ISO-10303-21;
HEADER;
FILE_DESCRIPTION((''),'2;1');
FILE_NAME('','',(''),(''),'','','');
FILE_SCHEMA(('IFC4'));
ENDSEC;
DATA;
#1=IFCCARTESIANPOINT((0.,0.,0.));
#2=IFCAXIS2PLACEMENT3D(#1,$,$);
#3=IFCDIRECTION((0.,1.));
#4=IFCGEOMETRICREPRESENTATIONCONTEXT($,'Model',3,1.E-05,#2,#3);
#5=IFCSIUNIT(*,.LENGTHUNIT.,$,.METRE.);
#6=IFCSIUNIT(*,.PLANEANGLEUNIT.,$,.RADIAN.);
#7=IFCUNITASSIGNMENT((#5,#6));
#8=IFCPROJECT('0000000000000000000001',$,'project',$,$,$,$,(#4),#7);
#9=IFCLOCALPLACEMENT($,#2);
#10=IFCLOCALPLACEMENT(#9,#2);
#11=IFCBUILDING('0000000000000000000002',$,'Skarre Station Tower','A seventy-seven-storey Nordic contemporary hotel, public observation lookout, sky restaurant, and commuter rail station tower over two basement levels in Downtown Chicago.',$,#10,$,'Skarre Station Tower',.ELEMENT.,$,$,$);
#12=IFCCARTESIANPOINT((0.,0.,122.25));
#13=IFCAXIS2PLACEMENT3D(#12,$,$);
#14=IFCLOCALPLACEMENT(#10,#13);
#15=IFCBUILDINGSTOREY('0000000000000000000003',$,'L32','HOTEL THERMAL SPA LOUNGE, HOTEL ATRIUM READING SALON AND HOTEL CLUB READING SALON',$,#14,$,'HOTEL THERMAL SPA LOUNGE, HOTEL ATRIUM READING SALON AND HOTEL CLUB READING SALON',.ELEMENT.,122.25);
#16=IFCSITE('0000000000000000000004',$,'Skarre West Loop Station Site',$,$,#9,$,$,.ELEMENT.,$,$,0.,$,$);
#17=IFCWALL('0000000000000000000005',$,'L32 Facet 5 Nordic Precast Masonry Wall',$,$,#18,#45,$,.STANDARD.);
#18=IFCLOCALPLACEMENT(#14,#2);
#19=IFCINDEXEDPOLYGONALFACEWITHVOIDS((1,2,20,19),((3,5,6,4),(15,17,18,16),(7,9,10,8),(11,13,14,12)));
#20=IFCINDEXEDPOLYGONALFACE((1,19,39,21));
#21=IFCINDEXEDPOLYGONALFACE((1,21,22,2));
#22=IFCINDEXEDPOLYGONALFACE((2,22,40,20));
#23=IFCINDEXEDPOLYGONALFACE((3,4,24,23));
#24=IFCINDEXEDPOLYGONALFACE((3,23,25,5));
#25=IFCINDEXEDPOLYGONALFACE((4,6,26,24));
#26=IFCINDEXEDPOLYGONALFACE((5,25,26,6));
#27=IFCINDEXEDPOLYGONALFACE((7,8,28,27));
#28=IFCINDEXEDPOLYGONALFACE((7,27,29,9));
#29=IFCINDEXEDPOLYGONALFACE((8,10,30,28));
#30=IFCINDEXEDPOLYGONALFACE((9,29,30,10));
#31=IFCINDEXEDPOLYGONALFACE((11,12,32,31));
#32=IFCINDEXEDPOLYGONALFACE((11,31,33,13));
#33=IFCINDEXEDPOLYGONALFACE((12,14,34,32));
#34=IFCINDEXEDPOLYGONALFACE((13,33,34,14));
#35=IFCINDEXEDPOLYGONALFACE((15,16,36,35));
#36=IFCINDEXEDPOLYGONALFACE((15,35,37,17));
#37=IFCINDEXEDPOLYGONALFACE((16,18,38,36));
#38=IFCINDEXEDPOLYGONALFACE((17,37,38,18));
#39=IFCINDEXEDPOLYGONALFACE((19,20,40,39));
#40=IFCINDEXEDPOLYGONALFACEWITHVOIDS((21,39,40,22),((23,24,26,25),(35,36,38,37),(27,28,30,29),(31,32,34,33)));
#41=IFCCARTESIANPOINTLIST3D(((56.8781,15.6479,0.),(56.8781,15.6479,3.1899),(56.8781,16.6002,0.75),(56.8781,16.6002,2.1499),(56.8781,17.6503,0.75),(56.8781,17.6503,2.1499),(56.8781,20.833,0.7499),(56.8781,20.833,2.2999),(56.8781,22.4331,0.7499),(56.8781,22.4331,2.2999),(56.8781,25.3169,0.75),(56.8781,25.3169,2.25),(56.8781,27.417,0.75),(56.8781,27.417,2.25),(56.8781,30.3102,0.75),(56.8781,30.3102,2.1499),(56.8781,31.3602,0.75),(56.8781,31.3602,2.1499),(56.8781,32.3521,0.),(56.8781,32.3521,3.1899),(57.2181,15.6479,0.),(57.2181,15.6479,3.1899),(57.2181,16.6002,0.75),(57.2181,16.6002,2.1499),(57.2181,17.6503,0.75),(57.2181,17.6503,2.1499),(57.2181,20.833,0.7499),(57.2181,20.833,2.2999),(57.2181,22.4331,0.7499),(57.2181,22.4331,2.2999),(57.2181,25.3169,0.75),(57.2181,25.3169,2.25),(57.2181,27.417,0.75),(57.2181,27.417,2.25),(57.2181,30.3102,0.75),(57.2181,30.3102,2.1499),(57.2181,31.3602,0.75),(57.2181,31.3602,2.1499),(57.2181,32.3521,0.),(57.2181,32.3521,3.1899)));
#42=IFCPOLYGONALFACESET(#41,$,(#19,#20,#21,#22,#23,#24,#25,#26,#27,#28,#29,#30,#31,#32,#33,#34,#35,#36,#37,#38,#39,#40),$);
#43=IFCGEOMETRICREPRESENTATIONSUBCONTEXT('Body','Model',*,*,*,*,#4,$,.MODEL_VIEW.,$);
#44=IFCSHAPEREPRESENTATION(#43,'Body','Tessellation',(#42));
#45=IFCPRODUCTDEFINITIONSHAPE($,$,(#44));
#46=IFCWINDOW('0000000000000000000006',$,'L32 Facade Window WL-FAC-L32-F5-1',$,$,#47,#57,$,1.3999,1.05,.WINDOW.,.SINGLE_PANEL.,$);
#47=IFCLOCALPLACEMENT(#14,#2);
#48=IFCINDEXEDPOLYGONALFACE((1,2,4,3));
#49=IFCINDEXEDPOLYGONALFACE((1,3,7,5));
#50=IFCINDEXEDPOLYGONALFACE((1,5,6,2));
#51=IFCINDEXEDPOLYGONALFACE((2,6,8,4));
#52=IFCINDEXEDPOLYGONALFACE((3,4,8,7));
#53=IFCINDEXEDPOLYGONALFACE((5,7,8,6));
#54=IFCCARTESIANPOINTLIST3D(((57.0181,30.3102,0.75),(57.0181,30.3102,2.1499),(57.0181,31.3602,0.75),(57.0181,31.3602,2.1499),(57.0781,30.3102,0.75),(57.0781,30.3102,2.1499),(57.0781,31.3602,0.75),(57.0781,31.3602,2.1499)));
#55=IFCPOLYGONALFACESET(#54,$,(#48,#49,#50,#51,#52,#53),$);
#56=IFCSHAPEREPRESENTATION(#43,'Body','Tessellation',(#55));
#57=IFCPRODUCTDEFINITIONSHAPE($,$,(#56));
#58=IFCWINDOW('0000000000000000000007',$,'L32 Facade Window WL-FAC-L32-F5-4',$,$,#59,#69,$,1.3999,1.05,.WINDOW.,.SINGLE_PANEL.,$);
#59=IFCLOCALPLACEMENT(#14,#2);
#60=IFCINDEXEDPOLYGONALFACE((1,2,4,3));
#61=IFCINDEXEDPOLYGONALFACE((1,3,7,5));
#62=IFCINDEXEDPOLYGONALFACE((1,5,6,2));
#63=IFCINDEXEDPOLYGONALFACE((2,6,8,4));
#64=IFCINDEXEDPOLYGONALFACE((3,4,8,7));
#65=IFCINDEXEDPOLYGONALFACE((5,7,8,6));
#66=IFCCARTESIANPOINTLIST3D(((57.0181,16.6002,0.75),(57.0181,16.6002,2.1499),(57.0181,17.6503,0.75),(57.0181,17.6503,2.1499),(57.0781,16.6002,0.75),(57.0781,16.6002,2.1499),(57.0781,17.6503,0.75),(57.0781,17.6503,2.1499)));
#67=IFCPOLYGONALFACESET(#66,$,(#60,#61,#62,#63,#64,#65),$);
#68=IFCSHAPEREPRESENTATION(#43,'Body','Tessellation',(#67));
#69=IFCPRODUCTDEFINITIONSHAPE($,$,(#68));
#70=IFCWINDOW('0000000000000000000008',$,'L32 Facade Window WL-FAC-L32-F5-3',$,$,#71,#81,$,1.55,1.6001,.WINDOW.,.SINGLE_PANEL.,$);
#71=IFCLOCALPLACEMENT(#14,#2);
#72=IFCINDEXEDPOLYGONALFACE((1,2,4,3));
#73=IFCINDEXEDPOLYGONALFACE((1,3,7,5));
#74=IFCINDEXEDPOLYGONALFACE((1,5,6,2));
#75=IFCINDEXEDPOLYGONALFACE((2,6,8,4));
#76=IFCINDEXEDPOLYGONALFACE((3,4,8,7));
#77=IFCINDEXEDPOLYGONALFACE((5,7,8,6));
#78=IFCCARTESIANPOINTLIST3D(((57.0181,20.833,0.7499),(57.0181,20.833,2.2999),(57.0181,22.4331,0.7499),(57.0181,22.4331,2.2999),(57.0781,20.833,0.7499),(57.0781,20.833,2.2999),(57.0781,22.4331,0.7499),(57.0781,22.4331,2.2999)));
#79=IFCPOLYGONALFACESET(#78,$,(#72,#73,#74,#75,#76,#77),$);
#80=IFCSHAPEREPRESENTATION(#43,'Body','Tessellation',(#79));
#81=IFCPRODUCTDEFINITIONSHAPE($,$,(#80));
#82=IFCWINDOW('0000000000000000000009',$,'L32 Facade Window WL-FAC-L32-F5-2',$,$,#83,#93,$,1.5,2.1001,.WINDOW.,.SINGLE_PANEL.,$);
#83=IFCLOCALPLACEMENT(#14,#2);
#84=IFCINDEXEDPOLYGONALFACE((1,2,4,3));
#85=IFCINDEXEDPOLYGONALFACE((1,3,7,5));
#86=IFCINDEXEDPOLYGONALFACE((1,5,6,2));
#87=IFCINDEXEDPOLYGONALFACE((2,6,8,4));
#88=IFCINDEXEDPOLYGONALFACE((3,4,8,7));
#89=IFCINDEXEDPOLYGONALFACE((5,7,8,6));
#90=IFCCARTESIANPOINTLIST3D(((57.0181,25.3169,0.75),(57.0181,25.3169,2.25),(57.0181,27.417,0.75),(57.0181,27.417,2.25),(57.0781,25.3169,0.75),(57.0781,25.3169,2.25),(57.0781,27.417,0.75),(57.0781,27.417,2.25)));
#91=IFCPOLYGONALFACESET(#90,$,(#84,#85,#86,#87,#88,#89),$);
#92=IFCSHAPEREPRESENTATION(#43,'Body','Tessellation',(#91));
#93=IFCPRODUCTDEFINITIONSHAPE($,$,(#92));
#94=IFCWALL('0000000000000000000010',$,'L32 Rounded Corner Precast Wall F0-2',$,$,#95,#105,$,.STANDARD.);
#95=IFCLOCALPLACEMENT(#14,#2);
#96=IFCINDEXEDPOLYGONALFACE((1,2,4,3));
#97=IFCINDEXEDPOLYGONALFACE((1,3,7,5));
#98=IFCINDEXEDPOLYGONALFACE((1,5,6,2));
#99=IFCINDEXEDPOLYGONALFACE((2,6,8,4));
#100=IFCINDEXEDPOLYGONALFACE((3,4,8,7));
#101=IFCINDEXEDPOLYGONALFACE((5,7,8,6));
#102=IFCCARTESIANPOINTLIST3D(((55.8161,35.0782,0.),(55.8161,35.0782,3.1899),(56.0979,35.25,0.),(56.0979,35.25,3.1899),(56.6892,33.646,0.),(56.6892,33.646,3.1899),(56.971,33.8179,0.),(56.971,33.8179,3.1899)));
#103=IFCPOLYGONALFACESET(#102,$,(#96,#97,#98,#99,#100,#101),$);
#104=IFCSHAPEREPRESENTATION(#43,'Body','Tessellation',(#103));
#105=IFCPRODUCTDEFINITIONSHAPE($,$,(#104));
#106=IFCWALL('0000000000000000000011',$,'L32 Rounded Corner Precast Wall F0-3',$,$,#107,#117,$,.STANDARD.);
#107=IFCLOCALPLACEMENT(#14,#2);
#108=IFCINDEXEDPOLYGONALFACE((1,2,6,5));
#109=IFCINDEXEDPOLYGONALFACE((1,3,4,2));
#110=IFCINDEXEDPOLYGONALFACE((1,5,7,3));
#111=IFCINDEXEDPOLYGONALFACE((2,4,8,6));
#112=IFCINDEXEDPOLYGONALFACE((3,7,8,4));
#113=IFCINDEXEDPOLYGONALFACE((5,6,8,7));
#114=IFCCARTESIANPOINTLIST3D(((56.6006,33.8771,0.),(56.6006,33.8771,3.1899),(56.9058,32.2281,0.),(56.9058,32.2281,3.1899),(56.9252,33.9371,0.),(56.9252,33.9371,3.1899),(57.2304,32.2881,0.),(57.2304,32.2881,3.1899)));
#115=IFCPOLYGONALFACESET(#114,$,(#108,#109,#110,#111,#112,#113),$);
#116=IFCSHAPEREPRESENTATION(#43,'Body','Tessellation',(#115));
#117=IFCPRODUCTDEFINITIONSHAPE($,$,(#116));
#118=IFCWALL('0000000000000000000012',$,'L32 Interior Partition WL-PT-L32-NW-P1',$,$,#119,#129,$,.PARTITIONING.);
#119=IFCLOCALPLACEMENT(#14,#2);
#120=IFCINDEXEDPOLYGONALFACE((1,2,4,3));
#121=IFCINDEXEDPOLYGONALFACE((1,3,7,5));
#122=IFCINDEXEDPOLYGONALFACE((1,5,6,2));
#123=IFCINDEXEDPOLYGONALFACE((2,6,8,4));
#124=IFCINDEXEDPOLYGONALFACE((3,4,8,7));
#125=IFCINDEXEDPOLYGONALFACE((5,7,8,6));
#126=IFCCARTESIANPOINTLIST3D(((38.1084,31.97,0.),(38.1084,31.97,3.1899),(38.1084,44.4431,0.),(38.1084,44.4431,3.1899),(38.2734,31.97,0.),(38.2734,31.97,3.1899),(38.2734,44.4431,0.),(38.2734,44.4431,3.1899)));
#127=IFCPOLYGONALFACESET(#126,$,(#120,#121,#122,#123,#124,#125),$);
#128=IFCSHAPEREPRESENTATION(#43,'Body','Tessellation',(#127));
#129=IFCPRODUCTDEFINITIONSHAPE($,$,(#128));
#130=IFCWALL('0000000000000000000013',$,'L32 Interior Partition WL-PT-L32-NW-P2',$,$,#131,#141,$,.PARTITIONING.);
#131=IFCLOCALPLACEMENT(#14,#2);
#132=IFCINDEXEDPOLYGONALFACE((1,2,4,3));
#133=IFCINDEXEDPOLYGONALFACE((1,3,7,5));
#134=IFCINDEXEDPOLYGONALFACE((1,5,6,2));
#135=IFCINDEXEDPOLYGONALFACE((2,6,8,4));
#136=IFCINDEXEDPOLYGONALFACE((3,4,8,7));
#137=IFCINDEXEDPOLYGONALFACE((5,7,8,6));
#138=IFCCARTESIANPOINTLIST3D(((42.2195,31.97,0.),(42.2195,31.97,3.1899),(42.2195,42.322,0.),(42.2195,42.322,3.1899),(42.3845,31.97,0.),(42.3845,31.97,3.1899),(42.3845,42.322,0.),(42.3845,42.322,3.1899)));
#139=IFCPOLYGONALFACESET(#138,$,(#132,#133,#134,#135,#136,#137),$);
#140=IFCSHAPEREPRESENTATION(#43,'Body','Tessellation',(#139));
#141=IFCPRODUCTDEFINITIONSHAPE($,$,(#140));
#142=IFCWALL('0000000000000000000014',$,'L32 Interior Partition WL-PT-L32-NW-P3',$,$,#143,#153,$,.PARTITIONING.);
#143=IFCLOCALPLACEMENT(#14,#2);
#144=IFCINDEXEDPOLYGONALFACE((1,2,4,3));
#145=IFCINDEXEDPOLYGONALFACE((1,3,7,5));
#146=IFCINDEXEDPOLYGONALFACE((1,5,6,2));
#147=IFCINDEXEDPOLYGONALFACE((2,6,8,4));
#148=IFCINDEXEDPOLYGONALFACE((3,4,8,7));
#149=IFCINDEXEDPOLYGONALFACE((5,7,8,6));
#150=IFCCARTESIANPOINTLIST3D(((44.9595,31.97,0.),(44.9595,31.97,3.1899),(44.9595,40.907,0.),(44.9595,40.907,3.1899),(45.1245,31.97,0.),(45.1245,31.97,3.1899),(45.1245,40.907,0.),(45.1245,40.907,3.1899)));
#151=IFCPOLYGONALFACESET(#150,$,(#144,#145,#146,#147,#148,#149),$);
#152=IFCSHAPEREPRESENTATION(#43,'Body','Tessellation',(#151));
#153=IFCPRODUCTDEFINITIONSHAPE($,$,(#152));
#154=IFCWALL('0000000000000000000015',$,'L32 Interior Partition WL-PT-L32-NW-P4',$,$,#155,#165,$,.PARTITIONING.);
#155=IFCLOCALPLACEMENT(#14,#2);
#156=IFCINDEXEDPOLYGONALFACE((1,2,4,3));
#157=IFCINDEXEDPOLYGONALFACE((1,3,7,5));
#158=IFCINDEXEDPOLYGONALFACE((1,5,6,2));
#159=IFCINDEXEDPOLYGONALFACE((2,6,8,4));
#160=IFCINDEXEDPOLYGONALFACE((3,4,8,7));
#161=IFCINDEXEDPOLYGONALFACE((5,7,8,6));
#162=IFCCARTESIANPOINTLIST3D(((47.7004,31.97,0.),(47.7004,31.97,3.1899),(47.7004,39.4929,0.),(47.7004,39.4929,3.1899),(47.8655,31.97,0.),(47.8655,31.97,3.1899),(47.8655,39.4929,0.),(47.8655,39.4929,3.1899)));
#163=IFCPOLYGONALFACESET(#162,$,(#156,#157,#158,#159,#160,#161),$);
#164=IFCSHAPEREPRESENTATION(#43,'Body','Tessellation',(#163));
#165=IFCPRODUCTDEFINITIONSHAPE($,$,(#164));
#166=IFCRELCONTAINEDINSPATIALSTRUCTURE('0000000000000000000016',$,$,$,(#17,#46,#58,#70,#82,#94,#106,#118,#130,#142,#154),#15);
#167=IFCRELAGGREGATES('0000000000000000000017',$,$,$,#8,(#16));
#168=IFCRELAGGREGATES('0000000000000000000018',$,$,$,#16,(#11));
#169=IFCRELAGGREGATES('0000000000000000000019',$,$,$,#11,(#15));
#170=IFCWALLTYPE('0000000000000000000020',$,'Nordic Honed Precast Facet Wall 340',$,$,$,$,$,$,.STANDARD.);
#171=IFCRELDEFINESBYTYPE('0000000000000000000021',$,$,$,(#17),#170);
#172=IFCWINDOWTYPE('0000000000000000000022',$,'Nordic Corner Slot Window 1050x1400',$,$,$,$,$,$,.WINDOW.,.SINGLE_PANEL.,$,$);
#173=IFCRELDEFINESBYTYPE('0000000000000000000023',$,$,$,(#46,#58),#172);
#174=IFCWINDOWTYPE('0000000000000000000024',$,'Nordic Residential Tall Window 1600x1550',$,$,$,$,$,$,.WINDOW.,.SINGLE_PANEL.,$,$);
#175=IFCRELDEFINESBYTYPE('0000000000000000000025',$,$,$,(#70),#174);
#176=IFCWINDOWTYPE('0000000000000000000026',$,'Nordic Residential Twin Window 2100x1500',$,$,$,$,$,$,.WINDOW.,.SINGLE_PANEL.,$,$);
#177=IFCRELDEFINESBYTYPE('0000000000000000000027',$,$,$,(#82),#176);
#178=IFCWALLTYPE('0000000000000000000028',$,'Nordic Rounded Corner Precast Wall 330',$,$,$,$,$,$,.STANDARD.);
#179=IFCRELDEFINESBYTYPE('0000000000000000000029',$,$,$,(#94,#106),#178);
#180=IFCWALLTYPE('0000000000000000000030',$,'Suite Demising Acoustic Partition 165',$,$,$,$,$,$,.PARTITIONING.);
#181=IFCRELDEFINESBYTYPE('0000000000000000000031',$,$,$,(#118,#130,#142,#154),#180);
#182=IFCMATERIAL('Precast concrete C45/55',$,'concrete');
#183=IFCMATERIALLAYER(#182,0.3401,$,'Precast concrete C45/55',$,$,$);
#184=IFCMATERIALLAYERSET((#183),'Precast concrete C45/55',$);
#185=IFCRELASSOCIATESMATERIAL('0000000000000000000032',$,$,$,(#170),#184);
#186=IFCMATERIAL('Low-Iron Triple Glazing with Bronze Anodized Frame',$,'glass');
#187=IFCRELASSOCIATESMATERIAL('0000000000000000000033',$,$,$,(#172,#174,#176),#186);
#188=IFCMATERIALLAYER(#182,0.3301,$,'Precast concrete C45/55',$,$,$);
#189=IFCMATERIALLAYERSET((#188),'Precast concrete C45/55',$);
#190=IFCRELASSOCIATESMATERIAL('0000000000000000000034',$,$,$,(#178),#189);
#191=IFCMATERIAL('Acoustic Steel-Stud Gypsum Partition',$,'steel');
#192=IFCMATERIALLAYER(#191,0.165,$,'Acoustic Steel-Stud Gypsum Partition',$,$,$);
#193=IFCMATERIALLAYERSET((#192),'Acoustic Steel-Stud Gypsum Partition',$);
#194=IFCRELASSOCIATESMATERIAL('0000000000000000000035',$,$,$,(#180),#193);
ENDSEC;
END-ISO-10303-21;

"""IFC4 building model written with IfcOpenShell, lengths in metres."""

from ifc_helpers import new_model, si_unit, direction, frame, frame_2d, origin, place, context, subcontext, project, spatial, rectangle, extrude, material, layer, layer_set, type_object, element, fill, save


model = new_model("IFC4")

# Units and contexts
model_context = context("Model", 3, precision=1e-05, world=origin(), true_north=direction((0.0, 1.0)))
body_context = subcontext(model_context, "Body", "Model", "MODEL_VIEW")
ifc_project = project(units=[si_unit("LENGTHUNIT", "METRE"), si_unit("PLANEANGLEUNIT", "RADIAN")], contexts=[model_context])

# Site, building, storey
site_placement = place(None, origin())
site = spatial("IfcSite", under=ifc_project, at=site_placement, Name="Skarre West Loop Station Site", CompositionType="ELEMENT", RefElevation=0.0)
building_placement = place(site_placement, origin())
building = spatial("IfcBuilding", under=site, at=building_placement, Name="Skarre Station Tower", Description="A seventy-seven-storey Nordic contemporary hotel, public observation lookout, sky restaurant, and commuter rail station tower over two basement levels in Downtown Chicago.", LongName="Skarre Station Tower", CompositionType="ELEMENT")
storey_placement = place(building_placement, frame((0.0, 0.0, 122.25)))
storey = spatial("IfcBuildingStorey", under=building, at=storey_placement, Name="L32", Description="HOTEL THERMAL SPA LOUNGE, HOTEL ATRIUM READING SALON AND HOTEL CLUB READING SALON", LongName="HOTEL THERMAL SPA LOUNGE, HOTEL ATRIUM READING SALON AND HOTEL CLUB READING SALON", CompositionType="ELEMENT", Elevation=122.25)

# Shared definitions
ifc_material_1 = material(Name="Acoustic Steel-Stud Gypsum Partition", Category="steel")

# Wall, openings, windows
ifc_material_2 = material(Name="Precast concrete C45/55", Category="concrete")
ifc_layer_1 = layer(ifc_material_2, 0.3401, Name="Precast concrete C45/55")
ifc_layer_set_1 = layer_set([ifc_layer_1], Name="Precast concrete C45/55")
wall_type_1 = type_object("IfcWallType", Name="Nordic Honed Precast Facet Wall 340", PredefinedType="STANDARD", material=ifc_layer_set_1)
wall_1_placement = place(storey_placement, frame((57.0481, 32.3521, 0.0), z_axis=(0.0, 0.0, 1.0), x_axis=(0.0, -1.0, 0.0)))
wall_1 = element("IfcWall", 1, at=wall_1_placement, inside=storey, type_object=wall_type_1, Name="L32 Facet 5 Nordic Precast Masonry Wall", PredefinedType="STANDARD", context=body_context, shape_type="SweptSolid", body=[
    extrude(rectangle(XDim=16.7041, YDim=0.3401, at=frame_2d((8.3521, 0.0))), origin(), (0.0, 0.0, 1.0), 3.1899),
])
opening_1_placement = place(wall_1_placement, frame((0.9919, 0.0, 0.75)))
opening_1 = element("IfcOpeningElement", 2, at=opening_1_placement, cuts=wall_1, PredefinedType="OPENING", context=body_context, shape_type="SweptSolid", body=[
    extrude(rectangle(XDim=1.05, YDim=1.3999, at=frame_2d((0.5249, 0.7))), frame((0.0, 0.1799, 0.0), z_axis=(0.0, -1.0, 0.0), x_axis=(1.0, 0.0, 0.0)), (0.0, 0.0, 1.0), 0.3601),
])
opening_2_placement = place(wall_1_placement, frame((4.9351, 0.0, 0.75)))
opening_2 = element("IfcOpeningElement", 3, at=opening_2_placement, cuts=wall_1, PredefinedType="OPENING", context=body_context, shape_type="SweptSolid", body=[
    extrude(rectangle(XDim=2.1001, YDim=1.5, at=frame_2d((1.05, 0.75))), frame((0.0, 0.1799, 0.0), z_axis=(0.0, -1.0, 0.0), x_axis=(1.0, 0.0, 0.0)), (0.0, 0.0, 1.0), 0.3601),
])
opening_3_placement = place(wall_1_placement, frame((9.9189, 0.0, 0.75)))
opening_3 = element("IfcOpeningElement", 4, at=opening_3_placement, cuts=wall_1, PredefinedType="OPENING", context=body_context, shape_type="SweptSolid", body=[
    extrude(rectangle(XDim=1.6001, YDim=1.55, at=frame_2d((0.8, 0.7749))), frame((0.0, 0.1799, 0.0), z_axis=(0.0, -1.0, 0.0), x_axis=(1.0, 0.0, 0.0)), (0.0, 0.0, 1.0), 0.3601),
])
opening_4_placement = place(wall_1_placement, frame((14.7019, 0.0, 0.75)))
opening_4 = element("IfcOpeningElement", 5, at=opening_4_placement, cuts=wall_1, PredefinedType="OPENING", context=body_context, shape_type="SweptSolid", body=[
    extrude(rectangle(XDim=1.05, YDim=1.3999, at=frame_2d((0.5249, 0.7))), frame((0.0, 0.1799, 0.0), z_axis=(0.0, -1.0, 0.0), x_axis=(1.0, 0.0, 0.0)), (0.0, 0.0, 1.0), 0.3601),
])
ifc_material_3 = material(Name="Low-Iron Triple Glazing with Bronze Anodized Frame", Category="glass")
window_type_1 = type_object("IfcWindowType", Name="Nordic Corner Slot Window 1050x1400", PartitioningType="SINGLE_PANEL", PredefinedType="WINDOW", material=ifc_material_3)
window_1_placement = place(opening_1_placement, origin())
window_1 = element("IfcWindow", 6, at=window_1_placement, inside=storey, type_object=window_type_1, Name="L32 Facade Window WL-FAC-L32-F5-1", OverallHeight=1.3999, OverallWidth=1.05, PartitioningType="SINGLE_PANEL", PredefinedType="WINDOW", context=body_context, shape_type="SweptSolid", body=[
    extrude(rectangle(XDim=1.05, YDim=1.3999, at=frame_2d((0.5249, 0.7))), frame((0.0, 0.03, 0.0), z_axis=(0.0, -1.0, 0.0), x_axis=(1.0, 0.0, 0.0)), (0.0, 0.0, 1.0), 0.0601),
])
fill(opening_1, window_1)
window_2_placement = place(opening_4_placement, origin())
window_2 = element("IfcWindow", 7, at=window_2_placement, inside=storey, type_object=window_type_1, Name="L32 Facade Window WL-FAC-L32-F5-4", OverallHeight=1.3999, OverallWidth=1.05, PartitioningType="SINGLE_PANEL", PredefinedType="WINDOW", context=body_context, shape_type="SweptSolid", body=[
    extrude(rectangle(XDim=1.05, YDim=1.3999, at=frame_2d((0.5249, 0.7))), frame((0.0, 0.03, 0.0), z_axis=(0.0, -1.0, 0.0), x_axis=(1.0, 0.0, 0.0)), (0.0, 0.0, 1.0), 0.0601),
])
fill(opening_4, window_2)
window_type_2 = type_object("IfcWindowType", Name="Nordic Residential Tall Window 1600x1550", PartitioningType="SINGLE_PANEL", PredefinedType="WINDOW", material=ifc_material_3)
window_3_placement = place(opening_3_placement, origin())
window_3 = element("IfcWindow", 8, at=window_3_placement, inside=storey, type_object=window_type_2, Name="L32 Facade Window WL-FAC-L32-F5-3", OverallHeight=1.55, OverallWidth=1.6001, PartitioningType="SINGLE_PANEL", PredefinedType="WINDOW", context=body_context, shape_type="SweptSolid", body=[
    extrude(rectangle(XDim=1.6001, YDim=1.55, at=frame_2d((0.8, 0.7749))), frame((0.0, 0.03, 0.0), z_axis=(0.0, -1.0, 0.0), x_axis=(1.0, 0.0, 0.0)), (0.0, 0.0, 1.0), 0.0601),
])
fill(opening_3, window_3)
window_type_3 = type_object("IfcWindowType", Name="Nordic Residential Twin Window 2100x1500", PartitioningType="SINGLE_PANEL", PredefinedType="WINDOW", material=ifc_material_3)
window_4_placement = place(opening_2_placement, origin())
window_4 = element("IfcWindow", 9, at=window_4_placement, inside=storey, type_object=window_type_3, Name="L32 Facade Window WL-FAC-L32-F5-2", OverallHeight=1.5, OverallWidth=2.1001, PartitioningType="SINGLE_PANEL", PredefinedType="WINDOW", context=body_context, shape_type="SweptSolid", body=[
    extrude(rectangle(XDim=2.1001, YDim=1.5, at=frame_2d((1.05, 0.75))), frame((0.0, 0.03, 0.0), z_axis=(0.0, -1.0, 0.0), x_axis=(1.0, 0.0, 0.0)), (0.0, 0.0, 1.0), 0.0601),
])
fill(opening_2, window_4)

# Walls
ifc_layer_2 = layer(ifc_material_2, 0.3301, Name="Precast concrete C45/55")
ifc_layer_set_2 = layer_set([ifc_layer_2], Name="Precast concrete C45/55")
wall_type_2 = type_object("IfcWallType", Name="Nordic Rounded Corner Precast Wall 330", PredefinedType="STANDARD", material=ifc_layer_set_2)
wall_2_placement = place(storey_placement, frame((55.957, 35.1641, 0.0), z_axis=(0.0, 0.0, 1.0), x_axis=(0.520519, -0.85385, 0.0)))
element("IfcWall", 10, at=wall_2_placement, inside=storey, type_object=wall_type_2, Name="L32 Rounded Corner Precast Wall F0-2", PredefinedType="STANDARD", context=body_context, shape_type="SweptSolid", body=[
    extrude(rectangle(XDim=1.6772, YDim=0.3301, at=frame_2d((0.8386, 0.0))), origin(), (0.0, 0.0, 1.0), 3.1899),
])
wall_3_placement = place(storey_placement, frame((56.7629, 33.907, 0.0), z_axis=(0.0, 0.0, 1.0), x_axis=(0.181985, -0.983301, 0.0)))
element("IfcWall", 11, at=wall_3_placement, inside=storey, type_object=wall_type_2, Name="L32 Rounded Corner Precast Wall F0-3", PredefinedType="STANDARD", context=body_context, shape_type="SweptSolid", body=[
    extrude(rectangle(XDim=1.677, YDim=0.3301, at=frame_2d((0.8384, 0.0))), origin(), (0.0, 0.0, 1.0), 3.1899),
])
ifc_layer_3 = layer(ifc_material_1, 0.165, Name="Acoustic Steel-Stud Gypsum Partition")
ifc_layer_set_3 = layer_set([ifc_layer_3], Name="Acoustic Steel-Stud Gypsum Partition")
wall_type_3 = type_object("IfcWallType", Name="Suite Demising Acoustic Partition 165", PredefinedType="PARTITIONING", material=ifc_layer_set_3)
wall_4_placement = place(storey_placement, frame((38.1909, 31.97, 0.0), z_axis=(0.0, 0.0, 1.0), x_axis=(0.0, 1.0, 0.0)))
element("IfcWall", 12, at=wall_4_placement, inside=storey, type_object=wall_type_3, Name="L32 Interior Partition WL-PT-L32-NW-P1", PredefinedType="PARTITIONING", context=body_context, shape_type="SweptSolid", body=[
    extrude(rectangle(XDim=12.4731, YDim=0.165, at=frame_2d((6.2366, 0.0))), origin(), (0.0, 0.0, 1.0), 3.1899),
])
wall_5_placement = place(storey_placement, frame((42.302, 31.97, 0.0), z_axis=(0.0, 0.0, 1.0), x_axis=(0.0, 1.0, 0.0)))
element("IfcWall", 13, at=wall_5_placement, inside=storey, type_object=wall_type_3, Name="L32 Interior Partition WL-PT-L32-NW-P2", PredefinedType="PARTITIONING", context=body_context, shape_type="SweptSolid", body=[
    extrude(rectangle(XDim=10.3521, YDim=0.165, at=frame_2d((5.176, 0.0))), origin(), (0.0, 0.0, 1.0), 3.1899),
])
wall_6_placement = place(storey_placement, frame((45.042, 31.97, 0.0), z_axis=(0.0, 0.0, 1.0), x_axis=(0.0, 1.0, 0.0)))
element("IfcWall", 14, at=wall_6_placement, inside=storey, type_object=wall_type_3, Name="L32 Interior Partition WL-PT-L32-NW-P3", PredefinedType="PARTITIONING", context=body_context, shape_type="SweptSolid", body=[
    extrude(rectangle(XDim=8.937, YDim=0.165, at=frame_2d((4.4685, 0.0))), origin(), (0.0, 0.0, 1.0), 3.1899),
])
wall_7_placement = place(storey_placement, frame((47.783, 31.97, 0.0), z_axis=(0.0, 0.0, 1.0), x_axis=(0.0, 1.0, 0.0)))
element("IfcWall", 15, at=wall_7_placement, inside=storey, type_object=wall_type_3, Name="L32 Interior Partition WL-PT-L32-NW-P4", PredefinedType="PARTITIONING", context=body_context, shape_type="SweptSolid", body=[
    extrude(rectangle(XDim=7.5229, YDim=0.165, at=frame_2d((3.7615, 0.0))), origin(), (0.0, 0.0, 1.0), 3.1899),
])

save(model, "model.ifc")
